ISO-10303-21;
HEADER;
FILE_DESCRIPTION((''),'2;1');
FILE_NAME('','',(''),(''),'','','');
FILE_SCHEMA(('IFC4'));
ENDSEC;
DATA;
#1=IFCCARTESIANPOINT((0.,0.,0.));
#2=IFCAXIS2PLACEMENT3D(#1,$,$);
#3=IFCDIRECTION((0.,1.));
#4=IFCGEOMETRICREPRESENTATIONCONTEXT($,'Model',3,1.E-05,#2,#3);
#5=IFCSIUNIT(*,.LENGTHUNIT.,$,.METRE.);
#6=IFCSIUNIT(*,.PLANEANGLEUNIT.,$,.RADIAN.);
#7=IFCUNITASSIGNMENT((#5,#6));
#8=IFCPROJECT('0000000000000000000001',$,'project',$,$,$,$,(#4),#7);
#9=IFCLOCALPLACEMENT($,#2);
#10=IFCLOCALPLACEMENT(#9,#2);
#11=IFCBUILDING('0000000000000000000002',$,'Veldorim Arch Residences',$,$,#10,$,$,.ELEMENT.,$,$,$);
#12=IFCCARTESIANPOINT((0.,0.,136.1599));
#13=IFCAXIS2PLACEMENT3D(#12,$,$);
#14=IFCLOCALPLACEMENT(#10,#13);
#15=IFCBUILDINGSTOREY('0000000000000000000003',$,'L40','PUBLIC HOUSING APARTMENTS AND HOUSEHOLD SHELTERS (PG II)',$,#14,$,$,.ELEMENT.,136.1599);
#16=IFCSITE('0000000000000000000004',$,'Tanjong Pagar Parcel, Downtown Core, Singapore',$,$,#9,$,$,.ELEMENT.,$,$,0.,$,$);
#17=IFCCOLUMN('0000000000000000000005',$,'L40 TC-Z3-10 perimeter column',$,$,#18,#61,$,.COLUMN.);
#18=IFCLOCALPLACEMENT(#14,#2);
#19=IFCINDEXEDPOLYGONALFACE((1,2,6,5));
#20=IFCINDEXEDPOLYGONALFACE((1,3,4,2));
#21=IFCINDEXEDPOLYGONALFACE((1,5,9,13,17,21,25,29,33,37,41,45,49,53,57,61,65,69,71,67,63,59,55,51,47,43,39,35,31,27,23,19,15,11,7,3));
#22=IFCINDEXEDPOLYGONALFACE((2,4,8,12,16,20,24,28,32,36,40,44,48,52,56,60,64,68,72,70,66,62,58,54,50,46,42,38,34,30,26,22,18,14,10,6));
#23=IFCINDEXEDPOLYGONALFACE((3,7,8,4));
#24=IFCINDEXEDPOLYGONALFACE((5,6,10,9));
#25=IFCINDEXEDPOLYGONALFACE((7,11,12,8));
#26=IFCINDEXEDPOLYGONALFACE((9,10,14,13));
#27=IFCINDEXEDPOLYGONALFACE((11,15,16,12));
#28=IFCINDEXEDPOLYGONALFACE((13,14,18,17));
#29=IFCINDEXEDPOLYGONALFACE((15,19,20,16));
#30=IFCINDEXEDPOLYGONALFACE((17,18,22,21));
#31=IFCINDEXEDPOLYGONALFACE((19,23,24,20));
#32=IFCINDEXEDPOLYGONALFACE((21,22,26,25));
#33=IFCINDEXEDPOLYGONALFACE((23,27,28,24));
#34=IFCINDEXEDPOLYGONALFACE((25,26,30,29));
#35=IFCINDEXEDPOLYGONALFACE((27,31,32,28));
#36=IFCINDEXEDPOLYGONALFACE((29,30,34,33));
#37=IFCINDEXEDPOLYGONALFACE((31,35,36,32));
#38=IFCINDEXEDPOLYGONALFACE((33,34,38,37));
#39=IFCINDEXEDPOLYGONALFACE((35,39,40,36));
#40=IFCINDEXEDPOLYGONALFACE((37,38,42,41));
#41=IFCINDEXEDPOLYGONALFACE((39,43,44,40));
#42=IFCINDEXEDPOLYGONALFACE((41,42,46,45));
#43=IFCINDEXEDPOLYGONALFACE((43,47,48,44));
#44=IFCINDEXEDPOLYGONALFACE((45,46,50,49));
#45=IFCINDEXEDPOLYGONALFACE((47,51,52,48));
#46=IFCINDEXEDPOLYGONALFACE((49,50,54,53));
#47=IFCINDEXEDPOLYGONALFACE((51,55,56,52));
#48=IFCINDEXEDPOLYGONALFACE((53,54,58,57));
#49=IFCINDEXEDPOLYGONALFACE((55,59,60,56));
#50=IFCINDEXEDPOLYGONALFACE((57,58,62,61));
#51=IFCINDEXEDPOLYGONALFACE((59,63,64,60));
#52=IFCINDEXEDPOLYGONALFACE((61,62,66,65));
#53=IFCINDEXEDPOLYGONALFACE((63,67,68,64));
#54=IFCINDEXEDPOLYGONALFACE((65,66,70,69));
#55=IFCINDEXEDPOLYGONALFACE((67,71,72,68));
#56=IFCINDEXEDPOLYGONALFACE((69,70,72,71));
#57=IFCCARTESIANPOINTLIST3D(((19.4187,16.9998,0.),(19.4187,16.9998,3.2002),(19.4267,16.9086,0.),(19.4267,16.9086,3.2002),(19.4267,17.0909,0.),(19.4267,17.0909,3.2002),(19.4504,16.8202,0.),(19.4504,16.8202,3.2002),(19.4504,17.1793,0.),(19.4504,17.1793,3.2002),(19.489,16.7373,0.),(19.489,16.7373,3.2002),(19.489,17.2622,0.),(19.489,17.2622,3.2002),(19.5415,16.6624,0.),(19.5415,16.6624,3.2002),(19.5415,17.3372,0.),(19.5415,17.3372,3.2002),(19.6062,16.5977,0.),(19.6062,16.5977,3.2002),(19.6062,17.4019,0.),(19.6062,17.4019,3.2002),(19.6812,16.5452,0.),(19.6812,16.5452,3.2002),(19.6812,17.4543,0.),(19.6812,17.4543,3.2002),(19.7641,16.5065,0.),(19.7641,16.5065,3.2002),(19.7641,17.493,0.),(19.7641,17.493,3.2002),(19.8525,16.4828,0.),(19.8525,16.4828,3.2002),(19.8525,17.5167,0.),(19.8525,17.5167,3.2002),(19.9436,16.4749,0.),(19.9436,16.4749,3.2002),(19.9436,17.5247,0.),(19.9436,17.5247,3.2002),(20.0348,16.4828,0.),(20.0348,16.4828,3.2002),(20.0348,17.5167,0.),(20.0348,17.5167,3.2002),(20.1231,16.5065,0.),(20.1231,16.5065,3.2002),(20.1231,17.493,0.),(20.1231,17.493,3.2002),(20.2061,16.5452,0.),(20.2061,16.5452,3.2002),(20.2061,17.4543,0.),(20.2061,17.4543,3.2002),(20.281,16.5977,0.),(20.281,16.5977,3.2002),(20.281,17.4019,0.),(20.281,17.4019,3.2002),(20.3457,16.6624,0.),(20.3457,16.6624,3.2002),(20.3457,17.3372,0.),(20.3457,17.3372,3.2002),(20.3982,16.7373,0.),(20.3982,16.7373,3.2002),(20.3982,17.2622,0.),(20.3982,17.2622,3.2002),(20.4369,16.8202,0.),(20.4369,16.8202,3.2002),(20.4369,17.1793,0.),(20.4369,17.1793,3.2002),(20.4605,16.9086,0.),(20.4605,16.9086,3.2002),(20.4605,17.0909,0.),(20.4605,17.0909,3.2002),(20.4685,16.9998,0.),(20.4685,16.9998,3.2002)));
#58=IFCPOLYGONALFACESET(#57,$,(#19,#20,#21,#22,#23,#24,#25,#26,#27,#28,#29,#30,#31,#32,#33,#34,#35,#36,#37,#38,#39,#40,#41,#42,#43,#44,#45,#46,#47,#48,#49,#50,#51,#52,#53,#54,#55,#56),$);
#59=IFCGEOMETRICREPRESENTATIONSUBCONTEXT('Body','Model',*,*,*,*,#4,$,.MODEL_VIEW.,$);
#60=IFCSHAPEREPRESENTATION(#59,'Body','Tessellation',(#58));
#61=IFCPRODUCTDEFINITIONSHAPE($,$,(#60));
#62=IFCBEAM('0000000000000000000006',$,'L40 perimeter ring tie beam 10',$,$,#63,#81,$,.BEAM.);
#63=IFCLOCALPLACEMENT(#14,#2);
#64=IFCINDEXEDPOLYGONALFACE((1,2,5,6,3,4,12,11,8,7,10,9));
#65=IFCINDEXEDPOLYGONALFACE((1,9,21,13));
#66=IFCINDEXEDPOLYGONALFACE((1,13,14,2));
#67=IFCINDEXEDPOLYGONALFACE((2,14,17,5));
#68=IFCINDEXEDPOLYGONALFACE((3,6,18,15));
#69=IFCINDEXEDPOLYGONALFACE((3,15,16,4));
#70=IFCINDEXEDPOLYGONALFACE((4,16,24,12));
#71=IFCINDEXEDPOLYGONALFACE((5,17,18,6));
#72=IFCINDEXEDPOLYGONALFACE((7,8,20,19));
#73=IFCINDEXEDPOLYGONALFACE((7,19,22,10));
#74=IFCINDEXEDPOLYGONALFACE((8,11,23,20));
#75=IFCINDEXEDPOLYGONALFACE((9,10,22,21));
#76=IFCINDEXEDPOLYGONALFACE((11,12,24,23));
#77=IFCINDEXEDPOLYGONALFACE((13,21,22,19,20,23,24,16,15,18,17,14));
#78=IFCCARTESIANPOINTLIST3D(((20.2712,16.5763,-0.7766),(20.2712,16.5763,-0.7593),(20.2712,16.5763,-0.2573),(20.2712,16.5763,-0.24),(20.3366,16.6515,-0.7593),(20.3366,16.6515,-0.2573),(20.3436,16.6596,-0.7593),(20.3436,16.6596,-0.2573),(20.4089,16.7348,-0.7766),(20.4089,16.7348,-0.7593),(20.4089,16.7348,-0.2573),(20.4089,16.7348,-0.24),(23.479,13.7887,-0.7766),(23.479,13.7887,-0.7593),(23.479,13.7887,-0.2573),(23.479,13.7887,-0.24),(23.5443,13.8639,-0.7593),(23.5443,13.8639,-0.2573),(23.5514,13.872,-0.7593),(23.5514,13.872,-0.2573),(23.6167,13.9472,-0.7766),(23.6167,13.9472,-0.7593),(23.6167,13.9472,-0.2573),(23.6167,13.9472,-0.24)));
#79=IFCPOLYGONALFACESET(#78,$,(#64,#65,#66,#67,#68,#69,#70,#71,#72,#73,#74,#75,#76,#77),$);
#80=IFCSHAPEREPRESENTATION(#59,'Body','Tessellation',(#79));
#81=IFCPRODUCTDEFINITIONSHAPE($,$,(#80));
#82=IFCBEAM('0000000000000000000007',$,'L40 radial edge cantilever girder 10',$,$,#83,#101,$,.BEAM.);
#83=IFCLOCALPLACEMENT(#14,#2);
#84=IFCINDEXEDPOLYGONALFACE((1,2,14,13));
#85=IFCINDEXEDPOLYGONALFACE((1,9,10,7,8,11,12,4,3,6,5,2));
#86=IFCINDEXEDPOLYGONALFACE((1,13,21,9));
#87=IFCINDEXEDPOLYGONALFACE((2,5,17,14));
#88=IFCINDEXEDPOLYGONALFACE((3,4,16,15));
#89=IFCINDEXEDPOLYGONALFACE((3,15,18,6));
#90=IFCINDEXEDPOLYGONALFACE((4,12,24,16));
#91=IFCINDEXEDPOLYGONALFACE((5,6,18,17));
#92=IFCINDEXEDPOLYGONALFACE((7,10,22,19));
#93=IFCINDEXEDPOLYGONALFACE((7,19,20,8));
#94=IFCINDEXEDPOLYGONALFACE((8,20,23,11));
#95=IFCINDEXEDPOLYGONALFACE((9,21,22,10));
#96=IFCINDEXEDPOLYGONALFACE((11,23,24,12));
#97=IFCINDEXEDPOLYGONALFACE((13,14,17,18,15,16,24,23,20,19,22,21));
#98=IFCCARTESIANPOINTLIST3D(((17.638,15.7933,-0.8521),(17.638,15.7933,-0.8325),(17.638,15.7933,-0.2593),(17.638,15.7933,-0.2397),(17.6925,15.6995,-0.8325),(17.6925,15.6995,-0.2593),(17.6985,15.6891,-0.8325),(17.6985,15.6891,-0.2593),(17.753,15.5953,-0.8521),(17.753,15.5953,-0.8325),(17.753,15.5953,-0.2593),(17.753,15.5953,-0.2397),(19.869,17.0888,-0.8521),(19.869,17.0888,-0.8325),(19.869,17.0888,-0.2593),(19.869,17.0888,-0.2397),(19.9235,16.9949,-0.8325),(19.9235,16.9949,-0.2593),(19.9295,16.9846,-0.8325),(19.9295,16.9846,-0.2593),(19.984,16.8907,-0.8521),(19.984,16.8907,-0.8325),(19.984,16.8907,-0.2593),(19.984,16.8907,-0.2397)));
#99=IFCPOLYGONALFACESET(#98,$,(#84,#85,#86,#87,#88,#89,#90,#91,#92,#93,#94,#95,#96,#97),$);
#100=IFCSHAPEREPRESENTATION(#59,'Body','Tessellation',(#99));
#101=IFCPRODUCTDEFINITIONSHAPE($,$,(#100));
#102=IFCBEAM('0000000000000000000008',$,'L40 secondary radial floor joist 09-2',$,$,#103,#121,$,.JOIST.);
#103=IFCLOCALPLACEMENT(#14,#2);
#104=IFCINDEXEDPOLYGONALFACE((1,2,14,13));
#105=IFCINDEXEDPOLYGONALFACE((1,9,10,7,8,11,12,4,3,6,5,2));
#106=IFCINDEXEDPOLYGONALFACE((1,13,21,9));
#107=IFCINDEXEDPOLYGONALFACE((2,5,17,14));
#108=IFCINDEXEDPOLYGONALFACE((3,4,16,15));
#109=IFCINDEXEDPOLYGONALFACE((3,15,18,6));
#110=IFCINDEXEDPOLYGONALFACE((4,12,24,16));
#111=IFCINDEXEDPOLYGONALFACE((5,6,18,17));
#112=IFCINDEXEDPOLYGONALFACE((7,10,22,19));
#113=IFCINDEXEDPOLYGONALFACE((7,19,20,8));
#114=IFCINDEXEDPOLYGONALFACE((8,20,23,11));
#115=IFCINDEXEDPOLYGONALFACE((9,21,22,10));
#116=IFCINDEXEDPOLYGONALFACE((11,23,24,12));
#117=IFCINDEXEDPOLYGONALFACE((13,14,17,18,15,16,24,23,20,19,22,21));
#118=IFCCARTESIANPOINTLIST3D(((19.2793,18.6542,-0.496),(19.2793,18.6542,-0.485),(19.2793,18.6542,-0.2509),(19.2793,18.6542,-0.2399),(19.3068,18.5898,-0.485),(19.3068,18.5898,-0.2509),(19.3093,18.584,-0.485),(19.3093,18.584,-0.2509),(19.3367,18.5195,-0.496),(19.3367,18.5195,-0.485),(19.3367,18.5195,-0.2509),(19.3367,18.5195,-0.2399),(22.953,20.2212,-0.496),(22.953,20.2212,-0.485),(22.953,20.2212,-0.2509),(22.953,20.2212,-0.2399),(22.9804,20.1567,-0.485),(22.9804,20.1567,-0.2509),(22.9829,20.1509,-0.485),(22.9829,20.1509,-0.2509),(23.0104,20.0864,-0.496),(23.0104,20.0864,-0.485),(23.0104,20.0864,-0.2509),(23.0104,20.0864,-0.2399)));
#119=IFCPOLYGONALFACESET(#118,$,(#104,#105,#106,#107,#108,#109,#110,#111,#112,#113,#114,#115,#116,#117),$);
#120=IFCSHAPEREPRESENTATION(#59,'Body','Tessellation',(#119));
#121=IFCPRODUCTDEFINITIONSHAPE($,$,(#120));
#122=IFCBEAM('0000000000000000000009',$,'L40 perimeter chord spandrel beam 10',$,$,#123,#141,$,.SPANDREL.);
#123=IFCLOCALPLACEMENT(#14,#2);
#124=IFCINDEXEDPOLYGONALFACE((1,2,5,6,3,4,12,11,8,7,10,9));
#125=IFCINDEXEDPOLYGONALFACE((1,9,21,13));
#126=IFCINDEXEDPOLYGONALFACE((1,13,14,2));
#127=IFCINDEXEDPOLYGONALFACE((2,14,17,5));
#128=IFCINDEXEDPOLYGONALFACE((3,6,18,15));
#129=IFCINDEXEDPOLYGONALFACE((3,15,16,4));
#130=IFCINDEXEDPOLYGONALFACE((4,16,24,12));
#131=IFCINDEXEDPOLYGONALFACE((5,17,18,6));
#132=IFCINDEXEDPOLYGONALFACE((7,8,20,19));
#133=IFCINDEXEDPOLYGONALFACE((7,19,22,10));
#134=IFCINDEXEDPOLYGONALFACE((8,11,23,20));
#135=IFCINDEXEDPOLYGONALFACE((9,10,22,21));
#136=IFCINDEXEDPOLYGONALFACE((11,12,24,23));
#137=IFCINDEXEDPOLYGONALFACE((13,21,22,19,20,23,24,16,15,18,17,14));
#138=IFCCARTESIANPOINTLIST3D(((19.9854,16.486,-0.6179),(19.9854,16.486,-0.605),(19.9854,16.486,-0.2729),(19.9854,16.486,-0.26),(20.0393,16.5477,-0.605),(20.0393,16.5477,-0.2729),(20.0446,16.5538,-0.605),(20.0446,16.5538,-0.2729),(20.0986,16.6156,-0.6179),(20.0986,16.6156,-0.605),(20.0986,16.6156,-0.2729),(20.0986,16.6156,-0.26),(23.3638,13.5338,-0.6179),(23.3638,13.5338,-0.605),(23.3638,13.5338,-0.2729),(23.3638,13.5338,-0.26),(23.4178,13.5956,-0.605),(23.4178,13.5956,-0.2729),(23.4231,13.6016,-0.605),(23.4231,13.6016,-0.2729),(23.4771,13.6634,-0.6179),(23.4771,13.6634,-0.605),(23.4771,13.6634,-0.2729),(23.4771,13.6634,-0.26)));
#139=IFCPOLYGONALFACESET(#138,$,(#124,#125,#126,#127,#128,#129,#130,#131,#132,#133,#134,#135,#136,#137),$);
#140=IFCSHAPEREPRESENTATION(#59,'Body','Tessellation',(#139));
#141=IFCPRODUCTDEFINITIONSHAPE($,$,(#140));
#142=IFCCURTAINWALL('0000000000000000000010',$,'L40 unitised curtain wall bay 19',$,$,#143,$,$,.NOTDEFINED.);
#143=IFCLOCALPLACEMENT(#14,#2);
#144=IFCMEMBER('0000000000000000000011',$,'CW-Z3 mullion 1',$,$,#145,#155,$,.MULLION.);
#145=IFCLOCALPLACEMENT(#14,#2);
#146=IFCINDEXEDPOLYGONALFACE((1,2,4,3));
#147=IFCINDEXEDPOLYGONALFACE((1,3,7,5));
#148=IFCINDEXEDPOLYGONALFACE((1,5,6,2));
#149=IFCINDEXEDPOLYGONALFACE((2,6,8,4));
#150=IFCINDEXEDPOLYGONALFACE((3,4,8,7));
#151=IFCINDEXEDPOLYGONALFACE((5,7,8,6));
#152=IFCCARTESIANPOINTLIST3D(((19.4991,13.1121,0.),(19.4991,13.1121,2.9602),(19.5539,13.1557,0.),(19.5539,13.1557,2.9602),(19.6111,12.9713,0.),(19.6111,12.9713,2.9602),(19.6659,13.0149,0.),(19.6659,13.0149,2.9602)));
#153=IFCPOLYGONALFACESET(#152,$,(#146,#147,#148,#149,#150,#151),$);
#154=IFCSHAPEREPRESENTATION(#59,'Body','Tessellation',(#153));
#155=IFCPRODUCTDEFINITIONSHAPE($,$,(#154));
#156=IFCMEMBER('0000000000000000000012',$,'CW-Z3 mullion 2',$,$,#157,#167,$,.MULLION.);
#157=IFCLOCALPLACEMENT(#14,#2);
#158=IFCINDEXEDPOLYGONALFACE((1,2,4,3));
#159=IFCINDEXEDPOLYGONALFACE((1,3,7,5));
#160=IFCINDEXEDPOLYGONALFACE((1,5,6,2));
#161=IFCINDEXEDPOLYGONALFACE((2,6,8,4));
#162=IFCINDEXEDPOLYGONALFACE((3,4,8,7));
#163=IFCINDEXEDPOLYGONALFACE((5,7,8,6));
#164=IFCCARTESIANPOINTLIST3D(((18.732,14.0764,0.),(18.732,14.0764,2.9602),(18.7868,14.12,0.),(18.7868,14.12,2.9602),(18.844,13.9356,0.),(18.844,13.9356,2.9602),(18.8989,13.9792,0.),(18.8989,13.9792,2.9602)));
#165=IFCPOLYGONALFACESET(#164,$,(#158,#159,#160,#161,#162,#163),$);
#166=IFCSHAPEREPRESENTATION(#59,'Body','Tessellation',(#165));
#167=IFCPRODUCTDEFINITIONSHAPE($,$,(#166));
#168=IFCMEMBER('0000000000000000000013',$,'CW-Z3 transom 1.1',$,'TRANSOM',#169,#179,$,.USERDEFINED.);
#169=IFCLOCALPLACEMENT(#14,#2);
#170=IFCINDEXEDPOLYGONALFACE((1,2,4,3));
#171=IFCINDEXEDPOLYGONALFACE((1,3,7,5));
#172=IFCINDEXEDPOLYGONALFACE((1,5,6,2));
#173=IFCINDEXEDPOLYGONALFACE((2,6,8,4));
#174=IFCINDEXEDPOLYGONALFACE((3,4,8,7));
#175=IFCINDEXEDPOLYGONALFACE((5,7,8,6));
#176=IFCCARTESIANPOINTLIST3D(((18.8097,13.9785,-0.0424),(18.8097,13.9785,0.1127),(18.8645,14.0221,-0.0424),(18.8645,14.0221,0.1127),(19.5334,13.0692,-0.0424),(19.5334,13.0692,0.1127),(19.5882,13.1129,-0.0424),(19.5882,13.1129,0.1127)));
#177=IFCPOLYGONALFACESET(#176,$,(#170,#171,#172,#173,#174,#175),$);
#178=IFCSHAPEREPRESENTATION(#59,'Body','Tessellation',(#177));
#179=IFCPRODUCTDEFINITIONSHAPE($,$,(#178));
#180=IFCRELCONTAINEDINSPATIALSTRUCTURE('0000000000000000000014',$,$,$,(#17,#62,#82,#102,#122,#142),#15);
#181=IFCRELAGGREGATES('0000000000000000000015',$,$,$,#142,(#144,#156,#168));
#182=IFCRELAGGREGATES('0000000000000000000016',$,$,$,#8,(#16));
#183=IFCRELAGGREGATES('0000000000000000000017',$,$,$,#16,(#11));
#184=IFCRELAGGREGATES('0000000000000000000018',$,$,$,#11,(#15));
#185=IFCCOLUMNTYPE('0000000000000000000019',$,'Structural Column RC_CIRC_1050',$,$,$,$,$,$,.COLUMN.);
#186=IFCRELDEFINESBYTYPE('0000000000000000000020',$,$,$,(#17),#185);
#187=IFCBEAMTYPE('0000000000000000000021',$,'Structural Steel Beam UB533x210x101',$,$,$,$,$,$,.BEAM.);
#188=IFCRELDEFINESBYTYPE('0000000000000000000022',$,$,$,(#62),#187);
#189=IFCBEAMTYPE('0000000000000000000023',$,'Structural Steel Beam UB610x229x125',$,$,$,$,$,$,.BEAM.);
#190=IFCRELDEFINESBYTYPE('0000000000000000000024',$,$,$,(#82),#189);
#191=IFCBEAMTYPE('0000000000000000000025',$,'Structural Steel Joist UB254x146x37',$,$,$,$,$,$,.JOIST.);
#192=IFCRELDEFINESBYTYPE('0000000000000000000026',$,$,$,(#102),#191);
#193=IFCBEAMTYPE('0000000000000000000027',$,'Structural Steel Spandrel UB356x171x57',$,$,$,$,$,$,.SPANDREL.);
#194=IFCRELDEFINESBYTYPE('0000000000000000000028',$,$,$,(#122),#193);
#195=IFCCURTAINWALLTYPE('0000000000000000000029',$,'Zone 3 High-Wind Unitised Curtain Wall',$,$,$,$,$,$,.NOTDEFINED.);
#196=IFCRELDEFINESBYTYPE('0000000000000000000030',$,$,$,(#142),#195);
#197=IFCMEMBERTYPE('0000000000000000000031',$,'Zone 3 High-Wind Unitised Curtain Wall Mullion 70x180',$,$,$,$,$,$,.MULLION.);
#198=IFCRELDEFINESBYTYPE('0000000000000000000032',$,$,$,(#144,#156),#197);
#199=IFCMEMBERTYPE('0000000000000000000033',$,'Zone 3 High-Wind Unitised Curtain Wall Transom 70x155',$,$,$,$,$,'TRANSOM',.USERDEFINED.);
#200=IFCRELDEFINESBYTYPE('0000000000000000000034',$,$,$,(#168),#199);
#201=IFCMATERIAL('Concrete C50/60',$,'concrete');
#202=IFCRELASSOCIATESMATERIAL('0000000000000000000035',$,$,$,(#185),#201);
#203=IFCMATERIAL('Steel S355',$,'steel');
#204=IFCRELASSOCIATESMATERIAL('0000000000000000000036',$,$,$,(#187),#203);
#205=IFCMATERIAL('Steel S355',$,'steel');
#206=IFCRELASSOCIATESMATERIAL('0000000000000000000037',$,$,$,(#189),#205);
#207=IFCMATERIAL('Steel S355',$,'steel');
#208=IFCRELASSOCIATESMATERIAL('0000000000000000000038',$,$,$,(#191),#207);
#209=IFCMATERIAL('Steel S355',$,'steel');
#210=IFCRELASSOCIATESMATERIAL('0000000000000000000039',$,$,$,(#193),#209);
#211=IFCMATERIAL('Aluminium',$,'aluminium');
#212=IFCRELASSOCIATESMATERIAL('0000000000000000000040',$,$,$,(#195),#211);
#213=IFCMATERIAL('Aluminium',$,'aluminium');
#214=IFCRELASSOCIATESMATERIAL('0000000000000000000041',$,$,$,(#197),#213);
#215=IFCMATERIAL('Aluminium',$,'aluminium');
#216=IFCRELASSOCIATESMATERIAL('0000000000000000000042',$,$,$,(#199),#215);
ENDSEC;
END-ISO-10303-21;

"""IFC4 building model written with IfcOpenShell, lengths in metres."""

from ifc_helpers import new_model, si_unit, direction, frame, origin, origin_2d, place, context, subcontext, project, spatial, rectangle, circle, i_section, extrude, material, material_profile, profile_set, type_object, element, aggregate, save


model = new_model("IFC4")

# Units and contexts
model_context = context("Model", 3, precision=1e-05, world=origin(), true_north=direction((0.0, 1.0)))
body_context = subcontext(model_context, "Body", "Model", "MODEL_VIEW")
ifc_project = project(units=[si_unit("LENGTHUNIT", "METRE"), si_unit("PLANEANGLEUNIT", "RADIAN")], contexts=[model_context])

# Site, building, storey
site_placement = place(None, origin())
site = spatial("IfcSite", under=ifc_project, at=site_placement, Name="Tanjong Pagar Parcel, Downtown Core, Singapore", CompositionType="ELEMENT", RefElevation=0.0)
building_placement = place(site_placement, origin())
building = spatial("IfcBuilding", under=site, at=building_placement, Name="Veldorim Arch Residences", CompositionType="ELEMENT")
storey_placement = place(building_placement, frame((0.0, 0.0, 136.1599)))
storey = spatial("IfcBuildingStorey", under=building, at=storey_placement, Name="L40", Description="PUBLIC HOUSING APARTMENTS AND HOUSEHOLD SHELTERS (PG II)", CompositionType="ELEMENT", Elevation=136.1599)

# Column
ifc_material_1 = material(Name="Concrete C50/60", Category="concrete")
ifc_material_profile_1 = material_profile(ifc_material_1, circle(Radius=0.5249, at=origin_2d()), Name="RC_CIRC_1050")
ifc_profile_set_1 = profile_set([ifc_material_profile_1], Name="Concrete C50/60")
column_type = type_object("IfcColumnType", Name="Structural Column RC_CIRC_1050", PredefinedType="COLUMN", material=ifc_profile_set_1)
column_placement = place(storey_placement, frame((19.9436, 16.9998, 0.0), z_axis=(0.0, 0.0, 1.0), x_axis=(1.0, 0.0, 0.0)))
element("IfcColumn", 1, at=column_placement, inside=storey, type_object=column_type, Name="L40 TC-Z3-10 perimeter column", PredefinedType="COLUMN", context=body_context, shape_type="SweptSolid", body=[
    extrude(circle(Radius=0.5249, at=origin_2d()), origin(), (0.0, 0.0, 1.0), 3.2002),
])

# Beams
ifc_material_2 = material(Name="Steel S355", Category="steel")
ifc_material_profile_2 = material_profile(ifc_material_2, i_section(OverallWidth=0.21, OverallDepth=0.5366, WebThickness=0.0107, FlangeThickness=0.0173, at=origin_2d()), Name="UB533x210x101")
ifc_profile_set_2 = profile_set([ifc_material_profile_2], Name="Steel S355")
beam_type_1 = type_object("IfcBeamType", Name="Structural Steel Beam UB533x210x101", PredefinedType="BEAM", material=ifc_profile_set_2)
beam_1_placement = place(storey_placement, frame((20.3401, 16.6555, -0.5083), z_axis=(0.754811, -0.655943, 0.0), x_axis=(0.655943, 0.754811, 0.0)))
element("IfcBeam", 2, at=beam_1_placement, inside=storey, type_object=beam_type_1, Name="L40 perimeter ring tie beam 10", PredefinedType="BEAM", context=body_context, shape_type="SweptSolid", body=[
    extrude(i_section(OverallWidth=0.21, OverallDepth=0.5366, WebThickness=0.0107, FlangeThickness=0.0173, at=origin_2d()), origin(), (0.0, 0.0, 1.0), 4.2498),
])
ifc_material_3 = material(Name="Steel S355", Category="steel")
ifc_material_profile_3 = material_profile(ifc_material_3, i_section(OverallWidth=0.229, OverallDepth=0.6123, WebThickness=0.012, FlangeThickness=0.0195, at=origin_2d()), Name="UB610x229x125")
ifc_profile_set_3 = profile_set([ifc_material_profile_3], Name="Steel S355")
beam_type_2 = type_object("IfcBeamType", Name="Structural Steel Beam UB610x229x125", PredefinedType="BEAM", material=ifc_profile_set_3)
beam_2_placement = place(storey_placement, frame((19.9265, 16.9897, -0.5459), z_axis=(-0.864786, -0.50214, 0.0), x_axis=(0.50214, -0.864786, 0.0)))
element("IfcBeam", 3, at=beam_2_placement, inside=storey, type_object=beam_type_2, Name="L40 radial edge cantilever girder 10", PredefinedType="BEAM", context=body_context, shape_type="SweptSolid", body=[
    extrude(i_section(OverallWidth=0.229, OverallDepth=0.6123, WebThickness=0.012, FlangeThickness=0.0195, at=origin_2d()), origin(), (0.0, 0.0, 1.0), 2.5798),
])
ifc_material_4 = material(Name="Steel S355", Category="steel")
ifc_material_profile_4 = material_profile(ifc_material_4, i_section(OverallWidth=0.1465, OverallDepth=0.2561, WebThickness=0.0063, FlangeThickness=0.011, at=origin_2d()), Name="UB254x146x37")
ifc_profile_set_4 = profile_set([ifc_material_profile_4], Name="Steel S355")
beam_type_3 = type_object("IfcBeamType", Name="Structural Steel Joist UB254x146x37", PredefinedType="JOIST", material=ifc_profile_set_4)
beam_3_placement = place(storey_placement, frame((22.9817, 20.1538, -0.3679), z_axis=(-0.919823, -0.392332, 0.0), x_axis=(0.392332, -0.919823, 0.0)))
element("IfcBeam", 4, at=beam_3_placement, inside=storey, type_object=beam_type_3, Name="L40 secondary radial floor joist 09-2", PredefinedType="JOIST", context=body_context, shape_type="SweptSolid", body=[
    extrude(i_section(OverallWidth=0.1465, OverallDepth=0.2561, WebThickness=0.0063, FlangeThickness=0.011, at=origin_2d()), origin(), (0.0, 0.0, 1.0), 3.9939),
])
ifc_material_5 = material(Name="Steel S355", Category="steel")
ifc_material_profile_5 = material_profile(ifc_material_5, i_section(OverallWidth=0.1721, OverallDepth=0.3579, WebThickness=0.0081, FlangeThickness=0.0129, at=origin_2d()), Name="UB356x171x57")
ifc_profile_set_5 = profile_set([ifc_material_profile_5], Name="Steel S355")
beam_type_4 = type_object("IfcBeamType", Name="Structural Steel Spandrel UB356x171x57", PredefinedType="SPANDREL", material=ifc_profile_set_5)
beam_4_placement = place(storey_placement, frame((20.042, 16.5508, -0.439), z_axis=(0.753015, -0.658004, 0.0), x_axis=(0.658004, 0.753015, 0.0)))
element("IfcBeam", 5, at=beam_4_placement, inside=storey, type_object=beam_type_4, Name="L40 perimeter chord spandrel beam 10", PredefinedType="SPANDREL", context=body_context, shape_type="SweptSolid", body=[
    extrude(i_section(OverallWidth=0.1721, OverallDepth=0.3579, WebThickness=0.0081, FlangeThickness=0.0129, at=origin_2d()), origin(), (0.0, 0.0, 1.0), 4.4866),
])

# Curtain wall, members
ifc_material_6 = material(Name="Aluminium", Category="aluminium")
curtain_wall_type = type_object("IfcCurtainWallType", Name="Zone 3 High-Wind Unitised Curtain Wall", PredefinedType="NOTDEFINED", material=ifc_material_6)
curtain_wall_placement = place(storey_placement, origin())
curtain_wall = element("IfcCurtainWall", 6, at=curtain_wall_placement, inside=storey, type_object=curtain_wall_type, Name="L40 unitised curtain wall bay 19", PredefinedType="NOTDEFINED")
ifc_material_7 = material(Name="Aluminium", Category="aluminium")
ifc_material_profile_6 = material_profile(ifc_material_7, rectangle(XDim=0.0701, YDim=0.1799, at=origin_2d()), Name="ALU_MUL_70x180")
ifc_profile_set_6 = profile_set([ifc_material_profile_6], Name="Aluminium")
member_type_1 = type_object("IfcMemberType", Name="Zone 3 High-Wind Unitised Curtain Wall Mullion 70x180", PredefinedType="MULLION", material=ifc_profile_set_6)
member_1_placement = place(storey_placement, frame((19.5825, 13.0635, 0.0), z_axis=(0.0, 0.0, 1.0), x_axis=(-0.782556, -0.62258, 0.0)))
member_1 = element("IfcMember", 7, at=member_1_placement, type_object=member_type_1, Name="CW-Z3 mullion 1", PredefinedType="MULLION", context=body_context, shape_type="SweptSolid", body=[
    extrude(rectangle(XDim=0.0701, YDim=0.1799, at=origin_2d()), origin(), (0.0, 0.0, 1.0), 2.9602),
])
member_2_placement = place(storey_placement, frame((18.8154, 14.0278, 0.0), z_axis=(0.0, 0.0, 1.0), x_axis=(-0.782556, -0.62258, 0.0)))
member_2 = element("IfcMember", 8, at=member_2_placement, type_object=member_type_1, Name="CW-Z3 mullion 2", PredefinedType="MULLION", context=body_context, shape_type="SweptSolid", body=[
    extrude(rectangle(XDim=0.0701, YDim=0.1799, at=origin_2d()), origin(), (0.0, 0.0, 1.0), 2.9602),
])
ifc_material_8 = material(Name="Aluminium", Category="aluminium")
ifc_material_profile_7 = material_profile(ifc_material_8, rectangle(XDim=0.0701, YDim=0.155, at=origin_2d()), Name="ALU_TRN_70x155")
ifc_profile_set_7 = profile_set([ifc_material_profile_7], Name="Aluminium")
member_type_2 = type_object("IfcMemberType", Name="Zone 3 High-Wind Unitised Curtain Wall Transom 70x155", ElementType="TRANSOM", PredefinedType="USERDEFINED", material=ifc_profile_set_7)
member_3_placement = place(storey_placement, frame((19.5608, 13.0911, 0.0352), z_axis=(-0.622746, 0.782424, 0.0), x_axis=(-0.782424, -0.622746, 0.0)))
member_3 = element("IfcMember", 9, at=member_3_placement, type_object=member_type_2, Name="CW-Z3 transom 1.1", ObjectType="TRANSOM", PredefinedType="USERDEFINED", context=body_context, shape_type="SweptSolid", body=[
    extrude(rectangle(XDim=0.0701, YDim=0.155, at=origin_2d()), origin(), (0.0, 0.0, 1.0), 1.1621),
])
aggregate(curtain_wall, [member_1, member_2, member_3])

save(model, "model.ifc")
